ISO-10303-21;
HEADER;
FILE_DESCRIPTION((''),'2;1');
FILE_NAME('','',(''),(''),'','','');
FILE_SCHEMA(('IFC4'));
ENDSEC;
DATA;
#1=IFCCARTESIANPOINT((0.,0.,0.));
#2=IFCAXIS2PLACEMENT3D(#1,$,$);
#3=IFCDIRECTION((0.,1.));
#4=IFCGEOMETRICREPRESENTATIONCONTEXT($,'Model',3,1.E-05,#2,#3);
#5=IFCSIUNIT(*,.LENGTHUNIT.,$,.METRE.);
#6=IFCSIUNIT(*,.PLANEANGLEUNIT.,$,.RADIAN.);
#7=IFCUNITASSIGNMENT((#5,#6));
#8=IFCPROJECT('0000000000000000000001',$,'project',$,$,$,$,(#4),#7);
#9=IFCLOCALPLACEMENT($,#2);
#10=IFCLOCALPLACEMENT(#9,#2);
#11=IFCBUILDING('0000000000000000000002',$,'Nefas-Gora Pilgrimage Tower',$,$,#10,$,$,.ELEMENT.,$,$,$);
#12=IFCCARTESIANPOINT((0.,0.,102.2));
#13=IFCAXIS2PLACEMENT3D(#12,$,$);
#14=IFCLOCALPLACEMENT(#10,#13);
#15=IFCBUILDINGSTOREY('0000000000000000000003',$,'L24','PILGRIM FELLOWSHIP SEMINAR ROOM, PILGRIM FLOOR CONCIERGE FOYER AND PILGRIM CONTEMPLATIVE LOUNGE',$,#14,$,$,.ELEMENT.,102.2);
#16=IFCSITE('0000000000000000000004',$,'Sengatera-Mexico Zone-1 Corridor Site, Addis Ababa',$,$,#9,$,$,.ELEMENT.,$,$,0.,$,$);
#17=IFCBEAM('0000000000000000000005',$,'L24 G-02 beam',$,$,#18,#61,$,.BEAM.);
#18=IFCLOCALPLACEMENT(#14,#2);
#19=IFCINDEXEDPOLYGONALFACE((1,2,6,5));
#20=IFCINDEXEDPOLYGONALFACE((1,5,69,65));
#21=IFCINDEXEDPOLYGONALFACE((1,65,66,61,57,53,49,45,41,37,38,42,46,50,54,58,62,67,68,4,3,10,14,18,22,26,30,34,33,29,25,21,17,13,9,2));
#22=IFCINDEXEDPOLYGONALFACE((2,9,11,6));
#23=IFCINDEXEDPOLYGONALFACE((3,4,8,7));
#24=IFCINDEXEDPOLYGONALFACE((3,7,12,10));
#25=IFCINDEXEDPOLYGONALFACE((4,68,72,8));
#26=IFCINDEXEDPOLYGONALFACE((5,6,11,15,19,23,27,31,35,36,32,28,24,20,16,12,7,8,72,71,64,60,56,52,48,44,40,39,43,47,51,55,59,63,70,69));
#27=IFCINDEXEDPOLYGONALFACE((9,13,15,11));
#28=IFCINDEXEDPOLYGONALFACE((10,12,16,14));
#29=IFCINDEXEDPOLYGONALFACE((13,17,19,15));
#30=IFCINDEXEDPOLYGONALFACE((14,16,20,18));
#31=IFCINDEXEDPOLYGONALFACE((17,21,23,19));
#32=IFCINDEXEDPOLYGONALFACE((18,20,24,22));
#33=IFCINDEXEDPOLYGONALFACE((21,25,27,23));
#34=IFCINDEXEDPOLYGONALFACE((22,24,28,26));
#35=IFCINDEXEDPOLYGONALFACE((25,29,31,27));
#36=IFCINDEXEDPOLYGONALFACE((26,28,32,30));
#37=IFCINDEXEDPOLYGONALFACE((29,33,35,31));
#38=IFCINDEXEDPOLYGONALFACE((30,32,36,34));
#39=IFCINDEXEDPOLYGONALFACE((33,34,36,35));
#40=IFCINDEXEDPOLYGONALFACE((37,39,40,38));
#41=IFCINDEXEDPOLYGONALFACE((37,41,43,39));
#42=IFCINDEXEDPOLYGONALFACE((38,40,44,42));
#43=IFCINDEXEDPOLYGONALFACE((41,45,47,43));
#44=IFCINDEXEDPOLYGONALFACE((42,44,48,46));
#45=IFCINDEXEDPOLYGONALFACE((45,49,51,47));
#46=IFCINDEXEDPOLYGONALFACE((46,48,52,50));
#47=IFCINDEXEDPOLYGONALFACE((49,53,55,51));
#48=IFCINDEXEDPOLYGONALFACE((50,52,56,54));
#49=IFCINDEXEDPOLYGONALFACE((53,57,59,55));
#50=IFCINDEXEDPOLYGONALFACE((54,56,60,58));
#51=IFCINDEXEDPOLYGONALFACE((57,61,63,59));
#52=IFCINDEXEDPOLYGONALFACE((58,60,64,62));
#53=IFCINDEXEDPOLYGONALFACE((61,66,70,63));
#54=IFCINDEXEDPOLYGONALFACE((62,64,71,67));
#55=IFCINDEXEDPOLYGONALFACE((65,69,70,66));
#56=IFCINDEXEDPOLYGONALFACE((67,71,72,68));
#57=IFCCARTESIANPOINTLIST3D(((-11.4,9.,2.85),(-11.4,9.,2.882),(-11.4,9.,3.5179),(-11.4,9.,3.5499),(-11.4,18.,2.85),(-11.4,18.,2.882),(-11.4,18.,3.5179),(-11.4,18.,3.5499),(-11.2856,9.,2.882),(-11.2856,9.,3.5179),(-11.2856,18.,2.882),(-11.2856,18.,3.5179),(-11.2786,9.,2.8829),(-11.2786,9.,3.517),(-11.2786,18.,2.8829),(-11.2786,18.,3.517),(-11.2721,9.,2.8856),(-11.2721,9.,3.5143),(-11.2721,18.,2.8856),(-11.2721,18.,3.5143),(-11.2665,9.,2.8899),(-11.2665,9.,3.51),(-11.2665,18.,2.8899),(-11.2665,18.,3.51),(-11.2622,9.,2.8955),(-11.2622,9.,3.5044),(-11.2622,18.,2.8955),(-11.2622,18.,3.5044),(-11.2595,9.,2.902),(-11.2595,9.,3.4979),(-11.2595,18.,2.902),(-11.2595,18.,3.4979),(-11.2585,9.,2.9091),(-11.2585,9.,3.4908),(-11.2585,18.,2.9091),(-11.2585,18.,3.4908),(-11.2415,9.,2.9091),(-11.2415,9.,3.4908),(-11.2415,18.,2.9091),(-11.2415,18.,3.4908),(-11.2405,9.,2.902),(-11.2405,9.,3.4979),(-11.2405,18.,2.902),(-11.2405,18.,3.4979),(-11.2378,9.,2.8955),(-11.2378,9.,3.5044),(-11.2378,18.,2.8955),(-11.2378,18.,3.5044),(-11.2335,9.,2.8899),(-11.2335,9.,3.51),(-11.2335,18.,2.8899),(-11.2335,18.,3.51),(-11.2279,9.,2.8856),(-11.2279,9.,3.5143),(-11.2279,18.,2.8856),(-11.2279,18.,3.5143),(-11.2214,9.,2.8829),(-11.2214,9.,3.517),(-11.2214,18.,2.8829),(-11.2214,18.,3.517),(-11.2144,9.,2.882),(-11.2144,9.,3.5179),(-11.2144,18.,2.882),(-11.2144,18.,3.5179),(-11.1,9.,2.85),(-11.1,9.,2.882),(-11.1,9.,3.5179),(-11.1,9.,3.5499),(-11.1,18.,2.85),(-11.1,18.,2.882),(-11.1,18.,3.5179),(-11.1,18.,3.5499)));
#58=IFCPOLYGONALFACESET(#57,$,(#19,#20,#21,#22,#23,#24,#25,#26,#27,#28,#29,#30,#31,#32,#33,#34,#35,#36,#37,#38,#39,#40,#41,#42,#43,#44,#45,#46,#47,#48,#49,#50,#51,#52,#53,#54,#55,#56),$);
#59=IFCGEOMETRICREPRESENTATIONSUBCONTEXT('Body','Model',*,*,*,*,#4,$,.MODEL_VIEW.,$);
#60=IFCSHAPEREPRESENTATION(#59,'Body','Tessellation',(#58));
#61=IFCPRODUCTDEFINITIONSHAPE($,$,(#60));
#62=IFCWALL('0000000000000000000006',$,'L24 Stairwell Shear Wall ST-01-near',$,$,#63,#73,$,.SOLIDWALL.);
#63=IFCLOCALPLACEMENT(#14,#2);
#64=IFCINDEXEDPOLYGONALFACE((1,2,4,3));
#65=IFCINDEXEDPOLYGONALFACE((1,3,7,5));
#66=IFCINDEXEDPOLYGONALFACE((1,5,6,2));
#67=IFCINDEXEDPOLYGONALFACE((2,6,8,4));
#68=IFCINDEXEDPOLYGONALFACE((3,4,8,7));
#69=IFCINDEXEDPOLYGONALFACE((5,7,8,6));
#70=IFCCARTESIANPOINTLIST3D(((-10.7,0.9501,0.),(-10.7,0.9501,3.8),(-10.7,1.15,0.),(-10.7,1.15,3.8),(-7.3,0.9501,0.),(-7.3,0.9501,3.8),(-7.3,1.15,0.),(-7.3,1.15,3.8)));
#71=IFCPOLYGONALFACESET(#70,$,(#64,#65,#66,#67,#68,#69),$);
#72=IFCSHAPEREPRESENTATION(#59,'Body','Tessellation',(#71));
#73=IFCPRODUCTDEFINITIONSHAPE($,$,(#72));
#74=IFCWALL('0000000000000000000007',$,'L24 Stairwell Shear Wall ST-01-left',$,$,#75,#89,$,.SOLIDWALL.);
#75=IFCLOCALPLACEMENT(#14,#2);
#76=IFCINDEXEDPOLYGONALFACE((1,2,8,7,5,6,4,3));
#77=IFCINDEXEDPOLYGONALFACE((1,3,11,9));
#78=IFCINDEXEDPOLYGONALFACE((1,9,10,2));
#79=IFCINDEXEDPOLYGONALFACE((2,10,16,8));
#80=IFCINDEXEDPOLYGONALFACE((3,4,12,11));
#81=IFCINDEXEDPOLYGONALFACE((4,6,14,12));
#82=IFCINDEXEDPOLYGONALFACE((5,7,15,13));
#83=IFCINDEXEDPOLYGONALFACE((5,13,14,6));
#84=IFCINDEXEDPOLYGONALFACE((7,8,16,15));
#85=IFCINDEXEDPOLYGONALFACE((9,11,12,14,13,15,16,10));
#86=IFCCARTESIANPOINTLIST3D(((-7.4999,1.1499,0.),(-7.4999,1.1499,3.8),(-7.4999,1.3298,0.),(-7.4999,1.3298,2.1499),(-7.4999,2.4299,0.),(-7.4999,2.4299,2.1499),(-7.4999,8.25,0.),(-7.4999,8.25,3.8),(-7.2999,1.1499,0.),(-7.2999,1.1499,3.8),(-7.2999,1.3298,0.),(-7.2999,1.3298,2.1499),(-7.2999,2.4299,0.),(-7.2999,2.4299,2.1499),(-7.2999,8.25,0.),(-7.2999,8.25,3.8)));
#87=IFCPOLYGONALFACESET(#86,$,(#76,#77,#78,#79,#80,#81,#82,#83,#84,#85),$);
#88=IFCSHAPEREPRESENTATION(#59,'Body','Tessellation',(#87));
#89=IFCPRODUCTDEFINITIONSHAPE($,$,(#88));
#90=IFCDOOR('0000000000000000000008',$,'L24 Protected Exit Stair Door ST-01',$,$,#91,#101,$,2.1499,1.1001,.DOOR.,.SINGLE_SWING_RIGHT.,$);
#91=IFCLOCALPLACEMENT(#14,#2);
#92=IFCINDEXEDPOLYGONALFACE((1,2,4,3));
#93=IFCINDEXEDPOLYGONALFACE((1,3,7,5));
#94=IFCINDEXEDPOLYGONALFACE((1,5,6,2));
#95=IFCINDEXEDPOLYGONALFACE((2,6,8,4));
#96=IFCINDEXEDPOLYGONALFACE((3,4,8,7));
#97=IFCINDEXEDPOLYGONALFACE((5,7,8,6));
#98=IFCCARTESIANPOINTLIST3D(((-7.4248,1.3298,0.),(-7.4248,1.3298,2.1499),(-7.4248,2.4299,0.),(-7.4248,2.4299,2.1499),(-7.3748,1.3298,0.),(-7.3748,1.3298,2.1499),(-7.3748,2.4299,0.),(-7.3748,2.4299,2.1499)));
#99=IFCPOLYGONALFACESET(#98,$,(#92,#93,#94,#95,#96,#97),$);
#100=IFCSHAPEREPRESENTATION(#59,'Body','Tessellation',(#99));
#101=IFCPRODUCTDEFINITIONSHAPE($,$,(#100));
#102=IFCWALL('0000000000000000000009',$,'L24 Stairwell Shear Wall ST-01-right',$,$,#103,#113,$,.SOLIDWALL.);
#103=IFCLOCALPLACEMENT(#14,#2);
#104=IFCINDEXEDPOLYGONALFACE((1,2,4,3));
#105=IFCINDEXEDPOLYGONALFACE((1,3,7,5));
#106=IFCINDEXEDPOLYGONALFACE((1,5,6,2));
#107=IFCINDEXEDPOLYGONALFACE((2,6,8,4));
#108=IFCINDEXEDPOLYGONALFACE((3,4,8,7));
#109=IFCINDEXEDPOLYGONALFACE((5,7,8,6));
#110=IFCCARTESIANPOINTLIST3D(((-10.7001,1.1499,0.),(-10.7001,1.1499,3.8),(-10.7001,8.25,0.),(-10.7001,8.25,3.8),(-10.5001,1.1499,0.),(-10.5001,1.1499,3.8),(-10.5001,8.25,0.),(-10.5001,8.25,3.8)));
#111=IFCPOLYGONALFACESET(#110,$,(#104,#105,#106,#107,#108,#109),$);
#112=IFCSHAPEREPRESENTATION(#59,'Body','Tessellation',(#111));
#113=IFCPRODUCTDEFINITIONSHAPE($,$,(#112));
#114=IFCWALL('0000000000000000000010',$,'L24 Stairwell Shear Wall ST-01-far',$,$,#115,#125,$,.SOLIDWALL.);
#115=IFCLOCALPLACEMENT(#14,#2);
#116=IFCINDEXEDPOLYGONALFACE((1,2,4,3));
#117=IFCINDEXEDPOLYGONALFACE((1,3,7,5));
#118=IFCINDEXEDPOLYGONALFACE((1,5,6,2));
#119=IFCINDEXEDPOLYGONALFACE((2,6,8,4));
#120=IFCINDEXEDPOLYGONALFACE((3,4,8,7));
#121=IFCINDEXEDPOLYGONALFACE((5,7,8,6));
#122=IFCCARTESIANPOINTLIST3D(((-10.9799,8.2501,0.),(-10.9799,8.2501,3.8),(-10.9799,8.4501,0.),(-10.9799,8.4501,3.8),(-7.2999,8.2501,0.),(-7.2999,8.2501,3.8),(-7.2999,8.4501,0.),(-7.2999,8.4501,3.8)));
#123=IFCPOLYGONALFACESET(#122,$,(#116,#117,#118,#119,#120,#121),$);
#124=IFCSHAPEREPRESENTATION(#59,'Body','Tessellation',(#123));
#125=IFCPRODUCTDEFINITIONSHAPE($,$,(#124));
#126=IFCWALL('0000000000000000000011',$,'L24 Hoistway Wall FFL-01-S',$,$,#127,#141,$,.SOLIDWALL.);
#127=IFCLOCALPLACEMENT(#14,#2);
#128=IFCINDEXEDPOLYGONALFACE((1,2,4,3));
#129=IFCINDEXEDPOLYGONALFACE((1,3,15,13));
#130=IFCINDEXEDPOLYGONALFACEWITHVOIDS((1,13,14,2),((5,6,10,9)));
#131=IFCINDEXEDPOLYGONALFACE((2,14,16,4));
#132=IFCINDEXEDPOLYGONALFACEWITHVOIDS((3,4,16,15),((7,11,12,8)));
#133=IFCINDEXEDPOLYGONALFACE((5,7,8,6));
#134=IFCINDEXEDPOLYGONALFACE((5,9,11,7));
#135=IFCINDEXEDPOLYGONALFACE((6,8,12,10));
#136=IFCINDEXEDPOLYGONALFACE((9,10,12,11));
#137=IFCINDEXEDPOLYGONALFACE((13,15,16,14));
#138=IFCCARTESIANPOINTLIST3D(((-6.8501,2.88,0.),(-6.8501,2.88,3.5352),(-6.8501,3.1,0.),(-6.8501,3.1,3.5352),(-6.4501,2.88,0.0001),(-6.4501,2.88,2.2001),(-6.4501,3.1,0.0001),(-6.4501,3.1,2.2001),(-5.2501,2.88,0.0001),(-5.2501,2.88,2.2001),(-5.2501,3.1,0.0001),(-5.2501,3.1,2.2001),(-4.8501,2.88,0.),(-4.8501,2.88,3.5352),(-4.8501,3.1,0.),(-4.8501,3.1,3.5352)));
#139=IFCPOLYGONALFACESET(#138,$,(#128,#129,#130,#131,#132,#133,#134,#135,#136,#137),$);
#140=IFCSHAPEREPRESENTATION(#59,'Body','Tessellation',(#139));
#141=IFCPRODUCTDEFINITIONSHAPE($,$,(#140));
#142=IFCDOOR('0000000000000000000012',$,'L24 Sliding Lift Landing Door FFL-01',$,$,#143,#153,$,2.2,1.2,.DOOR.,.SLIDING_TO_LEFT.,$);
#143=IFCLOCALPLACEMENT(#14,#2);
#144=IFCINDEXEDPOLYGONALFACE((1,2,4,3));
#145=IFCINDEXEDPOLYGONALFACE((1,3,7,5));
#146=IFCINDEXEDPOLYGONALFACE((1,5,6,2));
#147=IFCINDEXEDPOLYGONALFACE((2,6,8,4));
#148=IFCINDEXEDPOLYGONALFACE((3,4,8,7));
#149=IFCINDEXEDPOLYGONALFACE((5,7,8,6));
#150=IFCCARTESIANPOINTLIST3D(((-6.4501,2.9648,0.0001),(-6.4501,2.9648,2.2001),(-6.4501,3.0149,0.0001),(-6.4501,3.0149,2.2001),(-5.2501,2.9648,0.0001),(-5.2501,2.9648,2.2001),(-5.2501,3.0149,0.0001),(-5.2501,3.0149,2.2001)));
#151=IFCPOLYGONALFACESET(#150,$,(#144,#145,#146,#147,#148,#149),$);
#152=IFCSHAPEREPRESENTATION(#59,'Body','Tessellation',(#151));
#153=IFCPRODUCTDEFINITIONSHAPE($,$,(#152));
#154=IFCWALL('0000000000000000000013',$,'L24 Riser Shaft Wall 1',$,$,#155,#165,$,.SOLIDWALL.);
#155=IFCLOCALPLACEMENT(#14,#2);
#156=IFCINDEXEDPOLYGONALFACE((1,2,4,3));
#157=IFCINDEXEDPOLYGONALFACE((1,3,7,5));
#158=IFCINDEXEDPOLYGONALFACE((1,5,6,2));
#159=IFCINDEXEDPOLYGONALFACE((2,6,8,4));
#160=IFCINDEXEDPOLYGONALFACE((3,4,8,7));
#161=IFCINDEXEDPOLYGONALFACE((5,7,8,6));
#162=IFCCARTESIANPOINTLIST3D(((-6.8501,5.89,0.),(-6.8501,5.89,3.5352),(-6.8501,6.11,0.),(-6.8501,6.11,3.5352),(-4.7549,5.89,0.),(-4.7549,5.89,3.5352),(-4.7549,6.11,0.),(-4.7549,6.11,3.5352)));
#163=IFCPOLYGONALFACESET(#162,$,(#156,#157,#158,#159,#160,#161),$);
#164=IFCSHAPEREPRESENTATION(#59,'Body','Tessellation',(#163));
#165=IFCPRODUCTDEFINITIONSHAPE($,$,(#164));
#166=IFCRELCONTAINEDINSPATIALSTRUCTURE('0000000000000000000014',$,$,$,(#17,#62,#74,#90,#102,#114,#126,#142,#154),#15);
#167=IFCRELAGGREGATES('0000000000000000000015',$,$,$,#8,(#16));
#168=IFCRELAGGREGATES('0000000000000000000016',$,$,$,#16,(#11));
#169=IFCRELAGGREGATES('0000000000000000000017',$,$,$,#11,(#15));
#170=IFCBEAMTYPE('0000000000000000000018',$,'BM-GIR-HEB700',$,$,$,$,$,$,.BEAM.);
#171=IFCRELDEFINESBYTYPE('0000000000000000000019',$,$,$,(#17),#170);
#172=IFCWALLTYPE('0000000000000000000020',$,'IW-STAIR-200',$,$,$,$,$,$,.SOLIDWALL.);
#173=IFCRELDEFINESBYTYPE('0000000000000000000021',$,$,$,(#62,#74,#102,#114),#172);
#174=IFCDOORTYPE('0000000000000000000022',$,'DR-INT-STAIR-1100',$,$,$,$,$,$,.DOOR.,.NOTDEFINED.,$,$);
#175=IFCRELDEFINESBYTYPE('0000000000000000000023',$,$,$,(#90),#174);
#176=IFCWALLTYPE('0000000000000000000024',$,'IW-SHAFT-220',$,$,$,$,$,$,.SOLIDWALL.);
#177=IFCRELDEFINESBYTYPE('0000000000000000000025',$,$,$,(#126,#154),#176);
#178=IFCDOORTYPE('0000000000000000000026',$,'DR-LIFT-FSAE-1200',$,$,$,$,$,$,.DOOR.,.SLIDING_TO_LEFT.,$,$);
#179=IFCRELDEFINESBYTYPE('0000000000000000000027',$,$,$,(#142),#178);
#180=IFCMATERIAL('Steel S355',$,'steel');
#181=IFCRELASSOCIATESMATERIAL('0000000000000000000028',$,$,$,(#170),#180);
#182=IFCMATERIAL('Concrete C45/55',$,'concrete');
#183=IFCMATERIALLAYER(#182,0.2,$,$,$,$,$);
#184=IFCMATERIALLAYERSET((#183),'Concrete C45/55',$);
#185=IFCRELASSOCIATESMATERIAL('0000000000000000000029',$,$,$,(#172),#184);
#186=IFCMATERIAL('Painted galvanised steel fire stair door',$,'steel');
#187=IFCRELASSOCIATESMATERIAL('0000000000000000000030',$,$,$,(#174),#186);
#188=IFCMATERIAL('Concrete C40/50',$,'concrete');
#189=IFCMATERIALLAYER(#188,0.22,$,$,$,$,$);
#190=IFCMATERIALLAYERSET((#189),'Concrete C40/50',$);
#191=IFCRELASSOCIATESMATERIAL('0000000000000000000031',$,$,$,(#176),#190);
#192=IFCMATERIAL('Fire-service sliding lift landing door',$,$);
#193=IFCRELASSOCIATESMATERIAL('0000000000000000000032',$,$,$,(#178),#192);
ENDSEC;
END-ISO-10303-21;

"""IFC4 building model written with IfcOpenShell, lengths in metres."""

from ifc_helpers import new_model, si_unit, direction, frame, frame_2d, origin, origin_2d, place, context, subcontext, project, spatial, rectangle, i_section, extrude, source, transform, mapped, material, layer, layer_set, material_profile, profile_set, type_object, element, fill, save


model = new_model("IFC4")

# Units and contexts
model_context = context("Model", 3, precision=1e-05, world=origin(), true_north=direction((0.0, 1.0)))
body_context = subcontext(model_context, "Body", "Model", "MODEL_VIEW")
ifc_project = project(units=[si_unit("LENGTHUNIT", "METRE"), si_unit("PLANEANGLEUNIT", "RADIAN")], contexts=[model_context])

# Site, building, storey
site_placement = place(None, origin())
site = spatial("IfcSite", under=ifc_project, at=site_placement, Name="Sengatera-Mexico Zone-1 Corridor Site, Addis Ababa", CompositionType="ELEMENT", RefElevation=0.0)
building_placement = place(site_placement, origin())
building = spatial("IfcBuilding", under=site, at=building_placement, Name="Nefas-Gora Pilgrimage Tower", CompositionType="ELEMENT")
storey_placement = place(building_placement, frame((0.0, 0.0, 102.2)))
storey = spatial("IfcBuildingStorey", under=building, at=storey_placement, Name="L24", Description="PILGRIM FELLOWSHIP SEMINAR ROOM, PILGRIM FLOOR CONCIERGE FOYER AND PILGRIM CONTEMPLATIVE LOUNGE", CompositionType="ELEMENT", Elevation=102.2)

# Beam
ifc_material_1 = material(Name="Steel S355", Category="steel")
ifc_material_profile = material_profile(ifc_material_1, i_section(OverallWidth=0.3, OverallDepth=0.7, WebThickness=0.0171, FlangeThickness=0.032, FilletRadius=0.0271, at=origin_2d()), Name="HEB 700")
ifc_profile_set = profile_set([ifc_material_profile], Name="Steel S355")
beam_type = type_object("IfcBeamType", Name="BM-GIR-HEB700", PredefinedType="BEAM", material=ifc_profile_set)
shared_shape_1 = source(origin(), body_context, "Body", "SweptSolid", [
    extrude(i_section(OverallWidth=0.3, OverallDepth=0.7, WebThickness=0.0171, FlangeThickness=0.032, FilletRadius=0.0271, at=origin_2d()), origin(), (0.0, 0.0, 1.0), 9.0),
])
beam_placement = place(storey_placement, frame((-11.25, 9.0, 3.2), z_axis=(0.0, 1.0, 0.0), x_axis=(-1.0, 0.0, 0.0)))
element("IfcBeam", 1, at=beam_placement, inside=storey, type_object=beam_type, Name="L24 G-02 beam", PredefinedType="BEAM", context=body_context, shape_type="MappedRepresentation", body=[
    mapped(shared_shape_1, transform((0.0, 0.0, 0.0), x_axis=(1.0, 0.0, 0.0), y_axis=(0.0, 1.0, 0.0), z_axis=(0.0, 0.0, 1.0), scale=1.0)),
])

# Wall
ifc_material_2 = material(Name="Concrete C45/55", Category="concrete")
ifc_layer_1 = layer(ifc_material_2, 0.2)
ifc_layer_set_1 = layer_set([ifc_layer_1], Name="Concrete C45/55")
wall_type_1 = type_object("IfcWallType", Name="IW-STAIR-200", PredefinedType="SOLIDWALL", material=ifc_layer_set_1)
shared_shape_2 = source(origin(), body_context, "Body", "SweptSolid", [
    extrude(rectangle(XDim=3.3999, YDim=0.2, at=frame_2d((1.7, 0.0))), origin(), (0.0, 0.0, 1.0), 3.8),
])
wall_1_placement = place(storey_placement, frame((-7.3, 1.05, 0.0), z_axis=(0.0, 0.0, 1.0), x_axis=(-1.0, 0.0, 0.0)))
element("IfcWall", 2, at=wall_1_placement, inside=storey, type_object=wall_type_1, Name="L24 Stairwell Shear Wall ST-01-near", PredefinedType="SOLIDWALL", context=body_context, shape_type="MappedRepresentation", body=[
    mapped(shared_shape_2, transform((0.0, 0.0, 0.0), x_axis=(1.0, 0.0, 0.0), y_axis=(0.0, 1.0, 0.0), z_axis=(0.0, 0.0, 1.0), scale=1.0)),
])

# Wall, opening, door
shared_shape_3 = source(origin(), body_context, "Body", "SweptSolid", [
    extrude(rectangle(XDim=7.1001, YDim=0.2, at=frame_2d((3.55, 0.0))), origin(), (0.0, 0.0, 1.0), 3.8),
])
wall_2_placement = place(storey_placement, frame((-7.3999, 1.1499, 0.0), z_axis=(0.0, 0.0, 1.0), x_axis=(0.0, 1.0, 0.0)))
wall_2 = element("IfcWall", 3, at=wall_2_placement, inside=storey, type_object=wall_type_1, Name="L24 Stairwell Shear Wall ST-01-left", PredefinedType="SOLIDWALL", context=body_context, shape_type="MappedRepresentation", body=[
    mapped(shared_shape_3, transform((0.0, 0.0, 0.0), x_axis=(1.0, 0.0, 0.0), y_axis=(0.0, 1.0, 0.0), z_axis=(0.0, 0.0, 1.0), scale=1.0)),
])
opening_1_placement = place(wall_2_placement, frame((0.1799, 0.0, 0.0)))
opening_1 = element("IfcOpeningElement", 4, at=opening_1_placement, cuts=wall_2, PredefinedType="OPENING", context=body_context, shape_type="SweptSolid", body=[
    extrude(rectangle(XDim=1.1001, YDim=2.1499, at=frame_2d((0.55, 1.075))), frame((0.0, 0.1099, 0.0), z_axis=(0.0, -1.0, 0.0), x_axis=(1.0, 0.0, 0.0)), (0.0, 0.0, 1.0), 0.22),
])
ifc_material_3 = material(Name="Painted galvanised steel fire stair door", Category="steel")
door_type_1 = type_object("IfcDoorType", Name="DR-INT-STAIR-1100", OperationType="NOTDEFINED", PredefinedType="DOOR", material=ifc_material_3)
shared_shape_4 = source(origin(), body_context, "Body", "SweptSolid", [
    extrude(rectangle(XDim=1.1001, YDim=2.1499, at=frame_2d((0.55, 1.075))), frame((0.0, 0.0249, 0.0), z_axis=(0.0, -1.0, 0.0), x_axis=(1.0, 0.0, 0.0)), (0.0, 0.0, 1.0), 0.05),
])
door_1_placement = place(opening_1_placement, origin())
door_1 = element("IfcDoor", 5, at=door_1_placement, inside=storey, type_object=door_type_1, Name="L24 Protected Exit Stair Door ST-01", OperationType="SINGLE_SWING_RIGHT", OverallHeight=2.1499, OverallWidth=1.1001, PredefinedType="DOOR", context=body_context, shape_type="MappedRepresentation", body=[
    mapped(shared_shape_4, transform((0.0, 0.0, 0.0), x_axis=(1.0, 0.0, 0.0), y_axis=(0.0, 1.0, 0.0), z_axis=(0.0, 0.0, 1.0), scale=1.0)),
])
fill(opening_1, door_1)

# Walls
wall_3_placement = place(storey_placement, frame((-10.6001, 1.1499, 0.0), z_axis=(0.0, 0.0, 1.0), x_axis=(0.0, 1.0, 0.0)))
element("IfcWall", 6, at=wall_3_placement, inside=storey, type_object=wall_type_1, Name="L24 Stairwell Shear Wall ST-01-right", PredefinedType="SOLIDWALL", context=body_context, shape_type="MappedRepresentation", body=[
    mapped(shared_shape_3, transform((0.0, 0.0, 0.0), x_axis=(1.0, 0.0, 0.0), y_axis=(0.0, 1.0, 0.0), z_axis=(0.0, 0.0, 1.0), scale=1.0)),
])
shared_shape_5 = source(origin(), body_context, "Body", "SweptSolid", [
    extrude(rectangle(XDim=3.6799, YDim=0.2, at=frame_2d((1.8398, 0.0))), origin(), (0.0, 0.0, 1.0), 3.8),
])
wall_4_placement = place(storey_placement, frame((-7.3, 8.3501, 0.0), z_axis=(0.0, 0.0, 1.0), x_axis=(-1.0, 0.0, 0.0)))
element("IfcWall", 7, at=wall_4_placement, inside=storey, type_object=wall_type_1, Name="L24 Stairwell Shear Wall ST-01-far", PredefinedType="SOLIDWALL", context=body_context, shape_type="MappedRepresentation", body=[
    mapped(shared_shape_5, transform((0.0, 0.0, 0.0), x_axis=(1.0, 0.0, 0.0), y_axis=(0.0, 1.0, 0.0), z_axis=(0.0, 0.0, 1.0), scale=1.0)),
])

# Wall, opening, door
ifc_material_4 = material(Name="Concrete C40/50", Category="concrete")
ifc_layer_2 = layer(ifc_material_4, 0.22)
ifc_layer_set_2 = layer_set([ifc_layer_2], Name="Concrete C40/50")
wall_type_2 = type_object("IfcWallType", Name="IW-SHAFT-220", PredefinedType="SOLIDWALL", material=ifc_layer_set_2)
shared_shape_6 = source(origin(), body_context, "Body", "SweptSolid", [
    extrude(rectangle(XDim=2.0, YDim=0.22, at=frame_2d((1.0, 0.0))), origin(), (0.0, 0.0, 1.0), 3.5352),
])
wall_5_placement = place(storey_placement, frame((-6.8501, 2.99, 0.0), z_axis=(0.0, 0.0, 1.0), x_axis=(1.0, 0.0, 0.0)))
wall_5 = element("IfcWall", 8, at=wall_5_placement, inside=storey, type_object=wall_type_2, Name="L24 Hoistway Wall FFL-01-S", PredefinedType="SOLIDWALL", context=body_context, shape_type="MappedRepresentation", body=[
    mapped(shared_shape_6, transform((0.0, 0.0, 0.0), x_axis=(1.0, 0.0, 0.0), y_axis=(0.0, 1.0, 0.0), z_axis=(0.0, 0.0, 1.0), scale=1.0)),
])
opening_2_placement = place(wall_5_placement, frame((0.3999, 0.0, 0.0)))
opening_2 = element("IfcOpeningElement", 9, at=opening_2_placement, cuts=wall_5, PredefinedType="OPENING", context=body_context, shape_type="SweptSolid", body=[
    extrude(rectangle(XDim=1.2, YDim=2.2, at=frame_2d((0.6001, 1.1001))), frame((0.0, 0.1199, 0.0), z_axis=(0.0, -1.0, 0.0), x_axis=(1.0, 0.0, 0.0)), (0.0, 0.0, 1.0), 0.24),
])
ifc_material_5 = material(Name="Fire-service sliding lift landing door")
door_type_2 = type_object("IfcDoorType", Name="DR-LIFT-FSAE-1200", OperationType="SLIDING_TO_LEFT", PredefinedType="DOOR", material=ifc_material_5)
shared_shape_7 = source(origin(), body_context, "Body", "SweptSolid", [
    extrude(rectangle(XDim=1.2, YDim=2.2, at=frame_2d((0.6001, 1.1001))), frame((0.0, 0.0249, 0.0), z_axis=(0.0, -1.0, 0.0), x_axis=(1.0, 0.0, 0.0)), (0.0, 0.0, 1.0), 0.05),
])
door_2_placement = place(opening_2_placement, origin())
door_2 = element("IfcDoor", 10, at=door_2_placement, inside=storey, type_object=door_type_2, Name="L24 Sliding Lift Landing Door FFL-01", OperationType="SLIDING_TO_LEFT", OverallHeight=2.2, OverallWidth=1.2, PredefinedType="DOOR", context=body_context, shape_type="MappedRepresentation", body=[
    mapped(shared_shape_7, transform((0.0, 0.0, 0.0), x_axis=(1.0, 0.0, 0.0), y_axis=(0.0, 1.0, 0.0), z_axis=(0.0, 0.0, 1.0), scale=1.0)),
])
fill(opening_2, door_2)

# Wall
shared_shape_8 = source(origin(), body_context, "Body", "SweptSolid", [
    extrude(rectangle(XDim=2.0952, YDim=0.22, at=frame_2d((1.0476, 0.0))), origin(), (0.0, 0.0, 1.0), 3.5352),
])
wall_6_placement = place(storey_placement, frame((-6.8501, 6.0, 0.0), z_axis=(0.0, 0.0, 1.0), x_axis=(1.0, 0.0, 0.0)))
element("IfcWall", 11, at=wall_6_placement, inside=storey, type_object=wall_type_2, Name="L24 Riser Shaft Wall 1", PredefinedType="SOLIDWALL", context=body_context, shape_type="MappedRepresentation", body=[
    mapped(shared_shape_8, transform((0.0, 0.0, 0.0), x_axis=(1.0, 0.0, 0.0), y_axis=(0.0, 1.0, 0.0), z_axis=(0.0, 0.0, 1.0), scale=1.0)),
])

save(model, "model.ifc")
